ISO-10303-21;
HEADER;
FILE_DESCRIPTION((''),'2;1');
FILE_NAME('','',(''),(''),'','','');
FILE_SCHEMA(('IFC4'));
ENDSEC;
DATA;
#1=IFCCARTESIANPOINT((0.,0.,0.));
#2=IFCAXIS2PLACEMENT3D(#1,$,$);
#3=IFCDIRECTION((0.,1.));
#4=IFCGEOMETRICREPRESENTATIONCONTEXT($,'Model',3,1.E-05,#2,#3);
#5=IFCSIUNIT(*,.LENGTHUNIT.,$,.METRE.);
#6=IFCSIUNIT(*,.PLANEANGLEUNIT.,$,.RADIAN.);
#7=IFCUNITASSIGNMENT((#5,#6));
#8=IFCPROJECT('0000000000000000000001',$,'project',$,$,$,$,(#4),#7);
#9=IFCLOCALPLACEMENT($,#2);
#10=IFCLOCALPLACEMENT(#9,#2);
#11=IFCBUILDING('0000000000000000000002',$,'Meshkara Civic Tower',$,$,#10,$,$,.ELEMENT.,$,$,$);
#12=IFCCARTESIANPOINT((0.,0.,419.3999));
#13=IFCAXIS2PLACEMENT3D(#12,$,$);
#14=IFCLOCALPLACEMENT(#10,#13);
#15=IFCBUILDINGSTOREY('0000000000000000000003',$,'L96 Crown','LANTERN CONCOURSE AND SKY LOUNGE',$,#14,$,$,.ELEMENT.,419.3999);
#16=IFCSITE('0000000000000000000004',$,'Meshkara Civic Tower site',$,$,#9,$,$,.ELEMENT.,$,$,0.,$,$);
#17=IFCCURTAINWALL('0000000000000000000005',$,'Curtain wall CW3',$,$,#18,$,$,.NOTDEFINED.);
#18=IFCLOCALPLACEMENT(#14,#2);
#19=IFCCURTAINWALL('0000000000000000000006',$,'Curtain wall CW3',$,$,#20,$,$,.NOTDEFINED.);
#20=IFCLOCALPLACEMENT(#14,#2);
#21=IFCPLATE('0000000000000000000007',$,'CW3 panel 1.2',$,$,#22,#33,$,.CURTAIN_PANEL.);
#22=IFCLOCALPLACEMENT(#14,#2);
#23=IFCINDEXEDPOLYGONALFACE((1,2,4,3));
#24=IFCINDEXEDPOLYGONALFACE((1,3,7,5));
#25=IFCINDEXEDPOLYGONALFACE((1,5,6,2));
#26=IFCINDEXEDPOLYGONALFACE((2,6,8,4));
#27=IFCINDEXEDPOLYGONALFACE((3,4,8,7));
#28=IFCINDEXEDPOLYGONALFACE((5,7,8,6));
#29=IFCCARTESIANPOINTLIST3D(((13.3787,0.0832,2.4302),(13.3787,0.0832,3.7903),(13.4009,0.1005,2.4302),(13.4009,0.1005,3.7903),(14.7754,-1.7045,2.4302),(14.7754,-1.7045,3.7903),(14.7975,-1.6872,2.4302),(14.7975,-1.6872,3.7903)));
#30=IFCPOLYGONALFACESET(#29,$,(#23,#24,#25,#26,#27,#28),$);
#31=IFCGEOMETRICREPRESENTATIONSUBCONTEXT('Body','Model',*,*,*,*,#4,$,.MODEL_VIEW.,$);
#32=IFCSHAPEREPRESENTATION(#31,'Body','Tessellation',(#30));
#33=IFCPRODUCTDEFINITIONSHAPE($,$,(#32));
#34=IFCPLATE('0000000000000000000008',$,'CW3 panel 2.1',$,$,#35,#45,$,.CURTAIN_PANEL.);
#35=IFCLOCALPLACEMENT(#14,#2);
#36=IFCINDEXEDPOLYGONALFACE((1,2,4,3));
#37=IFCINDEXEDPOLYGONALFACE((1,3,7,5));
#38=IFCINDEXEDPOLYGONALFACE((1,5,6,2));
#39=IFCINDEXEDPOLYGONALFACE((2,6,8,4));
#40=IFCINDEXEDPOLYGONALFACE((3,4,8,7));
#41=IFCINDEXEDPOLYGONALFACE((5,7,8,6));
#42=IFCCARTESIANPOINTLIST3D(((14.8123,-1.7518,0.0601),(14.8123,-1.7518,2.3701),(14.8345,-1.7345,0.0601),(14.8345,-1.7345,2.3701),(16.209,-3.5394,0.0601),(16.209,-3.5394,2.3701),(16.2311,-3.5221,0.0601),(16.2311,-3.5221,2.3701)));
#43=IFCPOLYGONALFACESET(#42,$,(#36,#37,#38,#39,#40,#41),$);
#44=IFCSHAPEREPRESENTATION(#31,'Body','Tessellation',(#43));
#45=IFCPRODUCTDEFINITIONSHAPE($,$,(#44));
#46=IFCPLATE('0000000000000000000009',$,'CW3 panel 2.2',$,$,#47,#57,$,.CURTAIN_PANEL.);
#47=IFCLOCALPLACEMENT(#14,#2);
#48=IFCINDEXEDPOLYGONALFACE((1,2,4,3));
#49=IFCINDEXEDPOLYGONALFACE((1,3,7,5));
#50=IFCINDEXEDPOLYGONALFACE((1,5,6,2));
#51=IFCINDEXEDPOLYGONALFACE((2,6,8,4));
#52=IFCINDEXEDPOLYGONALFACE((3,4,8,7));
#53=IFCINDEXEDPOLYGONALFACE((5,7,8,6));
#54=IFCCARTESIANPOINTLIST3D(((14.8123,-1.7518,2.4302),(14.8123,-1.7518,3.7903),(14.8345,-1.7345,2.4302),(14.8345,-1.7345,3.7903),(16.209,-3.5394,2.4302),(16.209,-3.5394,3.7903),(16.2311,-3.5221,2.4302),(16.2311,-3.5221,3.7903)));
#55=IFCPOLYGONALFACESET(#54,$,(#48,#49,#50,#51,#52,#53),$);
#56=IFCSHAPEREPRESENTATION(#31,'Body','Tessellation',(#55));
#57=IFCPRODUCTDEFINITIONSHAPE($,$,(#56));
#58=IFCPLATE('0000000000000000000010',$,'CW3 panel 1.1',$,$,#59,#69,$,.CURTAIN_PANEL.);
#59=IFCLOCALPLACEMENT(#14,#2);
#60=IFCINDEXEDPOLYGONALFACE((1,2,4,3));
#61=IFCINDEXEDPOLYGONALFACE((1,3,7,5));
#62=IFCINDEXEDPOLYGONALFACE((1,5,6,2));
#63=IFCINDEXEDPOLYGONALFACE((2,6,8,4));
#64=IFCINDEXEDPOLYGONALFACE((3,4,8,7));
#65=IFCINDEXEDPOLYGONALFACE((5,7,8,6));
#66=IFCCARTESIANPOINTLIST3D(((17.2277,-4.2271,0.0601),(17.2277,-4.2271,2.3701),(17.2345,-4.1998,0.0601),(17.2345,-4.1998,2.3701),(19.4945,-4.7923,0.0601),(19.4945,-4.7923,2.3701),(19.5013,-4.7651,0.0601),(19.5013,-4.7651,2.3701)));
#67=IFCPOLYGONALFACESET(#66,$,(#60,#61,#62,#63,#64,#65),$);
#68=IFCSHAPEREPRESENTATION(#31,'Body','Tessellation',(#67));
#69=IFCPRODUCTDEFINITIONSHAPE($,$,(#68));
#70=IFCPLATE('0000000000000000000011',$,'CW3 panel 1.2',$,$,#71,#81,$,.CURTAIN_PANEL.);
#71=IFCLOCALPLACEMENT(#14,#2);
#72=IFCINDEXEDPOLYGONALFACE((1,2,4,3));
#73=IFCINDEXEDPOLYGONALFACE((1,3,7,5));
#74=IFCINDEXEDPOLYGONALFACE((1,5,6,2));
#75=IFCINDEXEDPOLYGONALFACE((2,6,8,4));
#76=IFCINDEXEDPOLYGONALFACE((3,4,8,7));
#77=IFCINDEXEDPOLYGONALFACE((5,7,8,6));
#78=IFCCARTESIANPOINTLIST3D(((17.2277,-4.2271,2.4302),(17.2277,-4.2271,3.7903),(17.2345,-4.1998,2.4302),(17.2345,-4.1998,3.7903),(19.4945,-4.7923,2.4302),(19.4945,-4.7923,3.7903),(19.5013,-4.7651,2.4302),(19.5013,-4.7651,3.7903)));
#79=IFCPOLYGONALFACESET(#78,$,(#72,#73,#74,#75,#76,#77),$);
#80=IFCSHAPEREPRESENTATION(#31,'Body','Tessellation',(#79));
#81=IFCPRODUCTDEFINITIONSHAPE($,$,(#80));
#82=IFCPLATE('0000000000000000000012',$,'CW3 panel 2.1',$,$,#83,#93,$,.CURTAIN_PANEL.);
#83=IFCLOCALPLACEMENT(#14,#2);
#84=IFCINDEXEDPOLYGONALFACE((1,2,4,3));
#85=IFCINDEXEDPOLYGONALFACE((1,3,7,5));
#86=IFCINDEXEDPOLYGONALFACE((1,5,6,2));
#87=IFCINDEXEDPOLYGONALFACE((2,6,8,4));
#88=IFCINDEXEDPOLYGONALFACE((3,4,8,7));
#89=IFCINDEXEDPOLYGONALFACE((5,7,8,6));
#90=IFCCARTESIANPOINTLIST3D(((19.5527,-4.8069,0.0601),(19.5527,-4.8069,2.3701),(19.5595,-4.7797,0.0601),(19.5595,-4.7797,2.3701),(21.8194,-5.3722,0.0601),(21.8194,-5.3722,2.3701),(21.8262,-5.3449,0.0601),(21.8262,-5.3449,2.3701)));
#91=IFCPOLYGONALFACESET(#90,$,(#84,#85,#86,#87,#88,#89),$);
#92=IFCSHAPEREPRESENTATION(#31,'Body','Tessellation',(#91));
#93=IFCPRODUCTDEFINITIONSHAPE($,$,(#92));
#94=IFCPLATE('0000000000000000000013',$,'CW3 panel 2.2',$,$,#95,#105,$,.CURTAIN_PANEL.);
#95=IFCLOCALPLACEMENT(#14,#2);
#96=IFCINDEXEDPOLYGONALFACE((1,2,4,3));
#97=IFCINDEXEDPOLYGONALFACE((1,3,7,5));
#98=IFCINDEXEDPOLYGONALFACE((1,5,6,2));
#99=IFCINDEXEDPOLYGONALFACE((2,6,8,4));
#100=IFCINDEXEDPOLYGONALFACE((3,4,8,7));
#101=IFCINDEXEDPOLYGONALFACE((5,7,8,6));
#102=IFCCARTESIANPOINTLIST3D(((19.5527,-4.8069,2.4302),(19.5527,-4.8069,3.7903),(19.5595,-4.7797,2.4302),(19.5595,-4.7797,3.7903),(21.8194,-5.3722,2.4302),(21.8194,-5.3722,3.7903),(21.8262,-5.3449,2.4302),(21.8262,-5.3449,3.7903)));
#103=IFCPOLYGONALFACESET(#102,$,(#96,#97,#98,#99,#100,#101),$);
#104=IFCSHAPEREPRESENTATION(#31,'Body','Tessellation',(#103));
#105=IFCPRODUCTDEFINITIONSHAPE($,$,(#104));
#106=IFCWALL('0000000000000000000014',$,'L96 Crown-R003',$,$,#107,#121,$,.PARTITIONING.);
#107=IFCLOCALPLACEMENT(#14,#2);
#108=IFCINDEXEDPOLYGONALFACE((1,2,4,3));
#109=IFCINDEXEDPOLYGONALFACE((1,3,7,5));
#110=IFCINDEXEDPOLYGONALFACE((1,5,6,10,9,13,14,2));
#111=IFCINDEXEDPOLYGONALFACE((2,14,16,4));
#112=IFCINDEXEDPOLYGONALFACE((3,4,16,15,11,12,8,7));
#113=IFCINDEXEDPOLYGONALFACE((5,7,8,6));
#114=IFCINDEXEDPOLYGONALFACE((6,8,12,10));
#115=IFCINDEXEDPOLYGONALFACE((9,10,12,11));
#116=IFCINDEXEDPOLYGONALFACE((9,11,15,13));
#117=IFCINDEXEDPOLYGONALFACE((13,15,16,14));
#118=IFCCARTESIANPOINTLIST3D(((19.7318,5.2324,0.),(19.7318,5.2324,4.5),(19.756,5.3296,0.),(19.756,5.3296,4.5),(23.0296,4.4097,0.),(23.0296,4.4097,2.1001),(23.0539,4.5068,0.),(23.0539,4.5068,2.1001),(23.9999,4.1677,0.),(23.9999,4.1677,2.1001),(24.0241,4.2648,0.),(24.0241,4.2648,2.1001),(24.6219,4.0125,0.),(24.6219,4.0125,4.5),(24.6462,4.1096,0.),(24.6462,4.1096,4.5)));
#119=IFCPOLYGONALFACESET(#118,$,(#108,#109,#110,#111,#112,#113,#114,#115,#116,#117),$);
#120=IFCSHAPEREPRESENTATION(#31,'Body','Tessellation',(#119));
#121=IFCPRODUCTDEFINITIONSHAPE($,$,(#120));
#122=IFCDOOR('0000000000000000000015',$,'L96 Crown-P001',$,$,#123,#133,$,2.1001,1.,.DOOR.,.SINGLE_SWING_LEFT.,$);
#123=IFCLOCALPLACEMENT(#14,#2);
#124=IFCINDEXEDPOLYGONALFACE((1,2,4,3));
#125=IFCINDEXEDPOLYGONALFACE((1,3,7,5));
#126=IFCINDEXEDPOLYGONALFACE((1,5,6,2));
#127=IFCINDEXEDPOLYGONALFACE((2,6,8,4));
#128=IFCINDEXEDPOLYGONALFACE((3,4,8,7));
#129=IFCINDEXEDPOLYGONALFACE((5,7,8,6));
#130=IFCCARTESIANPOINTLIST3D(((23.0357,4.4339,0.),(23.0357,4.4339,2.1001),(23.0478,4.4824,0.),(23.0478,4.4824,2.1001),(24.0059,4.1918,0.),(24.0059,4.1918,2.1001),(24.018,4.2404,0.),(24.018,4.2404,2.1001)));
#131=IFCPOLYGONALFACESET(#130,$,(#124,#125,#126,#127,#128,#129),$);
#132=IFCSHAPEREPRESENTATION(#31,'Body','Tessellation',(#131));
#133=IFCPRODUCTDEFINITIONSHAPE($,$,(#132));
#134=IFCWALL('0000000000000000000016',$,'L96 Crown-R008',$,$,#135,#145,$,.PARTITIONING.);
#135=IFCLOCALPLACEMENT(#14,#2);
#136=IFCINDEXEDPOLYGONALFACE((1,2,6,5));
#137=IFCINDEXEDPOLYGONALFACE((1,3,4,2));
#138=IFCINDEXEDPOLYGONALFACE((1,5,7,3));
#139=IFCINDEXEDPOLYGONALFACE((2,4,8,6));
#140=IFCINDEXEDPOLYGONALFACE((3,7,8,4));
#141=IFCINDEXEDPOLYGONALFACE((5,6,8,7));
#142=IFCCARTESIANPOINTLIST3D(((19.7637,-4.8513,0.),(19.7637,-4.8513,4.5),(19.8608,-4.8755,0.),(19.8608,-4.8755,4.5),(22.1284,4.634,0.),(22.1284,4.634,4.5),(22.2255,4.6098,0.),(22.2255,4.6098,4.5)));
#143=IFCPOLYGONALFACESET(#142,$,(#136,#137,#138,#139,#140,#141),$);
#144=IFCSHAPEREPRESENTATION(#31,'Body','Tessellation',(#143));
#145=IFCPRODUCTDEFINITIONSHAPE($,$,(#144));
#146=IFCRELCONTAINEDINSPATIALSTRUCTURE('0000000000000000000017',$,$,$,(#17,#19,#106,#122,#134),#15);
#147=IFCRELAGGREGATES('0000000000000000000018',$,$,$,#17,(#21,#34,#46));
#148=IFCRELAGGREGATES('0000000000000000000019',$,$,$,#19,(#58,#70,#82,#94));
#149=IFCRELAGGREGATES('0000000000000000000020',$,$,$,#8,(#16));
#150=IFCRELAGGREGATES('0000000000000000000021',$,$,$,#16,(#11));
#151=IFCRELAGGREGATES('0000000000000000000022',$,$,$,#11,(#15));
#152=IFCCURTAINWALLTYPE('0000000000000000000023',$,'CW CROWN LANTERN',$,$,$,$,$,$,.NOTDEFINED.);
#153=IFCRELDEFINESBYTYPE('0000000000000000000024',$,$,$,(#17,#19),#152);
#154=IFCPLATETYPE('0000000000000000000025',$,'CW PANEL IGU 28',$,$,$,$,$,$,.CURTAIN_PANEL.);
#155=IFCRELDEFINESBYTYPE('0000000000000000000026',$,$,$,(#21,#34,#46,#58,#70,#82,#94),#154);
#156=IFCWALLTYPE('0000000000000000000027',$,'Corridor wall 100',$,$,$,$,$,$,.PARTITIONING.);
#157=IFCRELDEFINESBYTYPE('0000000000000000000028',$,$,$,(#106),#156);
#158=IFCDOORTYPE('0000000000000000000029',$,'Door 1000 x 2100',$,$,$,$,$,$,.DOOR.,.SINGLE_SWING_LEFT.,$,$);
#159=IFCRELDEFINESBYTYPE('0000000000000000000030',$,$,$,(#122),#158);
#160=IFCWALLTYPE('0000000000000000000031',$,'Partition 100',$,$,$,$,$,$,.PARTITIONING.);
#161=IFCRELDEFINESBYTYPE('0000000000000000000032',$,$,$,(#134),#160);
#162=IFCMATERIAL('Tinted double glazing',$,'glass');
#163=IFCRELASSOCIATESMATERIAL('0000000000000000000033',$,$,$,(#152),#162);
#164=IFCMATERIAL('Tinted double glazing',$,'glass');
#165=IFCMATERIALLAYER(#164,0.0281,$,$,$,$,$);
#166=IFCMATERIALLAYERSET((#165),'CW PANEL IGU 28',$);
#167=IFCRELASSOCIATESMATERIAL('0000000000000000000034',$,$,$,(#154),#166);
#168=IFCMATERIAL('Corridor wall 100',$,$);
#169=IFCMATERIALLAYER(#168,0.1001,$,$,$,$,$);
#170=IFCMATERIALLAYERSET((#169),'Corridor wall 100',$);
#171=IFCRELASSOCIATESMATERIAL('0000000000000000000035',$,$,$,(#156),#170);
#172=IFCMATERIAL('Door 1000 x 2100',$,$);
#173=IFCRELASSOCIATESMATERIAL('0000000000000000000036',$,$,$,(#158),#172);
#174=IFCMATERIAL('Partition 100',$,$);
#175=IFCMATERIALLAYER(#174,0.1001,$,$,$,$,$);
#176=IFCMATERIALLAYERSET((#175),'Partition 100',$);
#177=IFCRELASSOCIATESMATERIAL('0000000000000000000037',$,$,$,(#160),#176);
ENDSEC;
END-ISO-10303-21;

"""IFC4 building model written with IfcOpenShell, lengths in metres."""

from ifc_helpers import new_model, si_unit, direction, frame, frame_2d, origin, origin_2d, place, context, subcontext, project, spatial, rectangle, extrude, material, layer, layer_set, type_object, element, fill, aggregate, save


model = new_model("IFC4")

# Units and contexts
model_context = context("Model", 3, precision=1e-05, world=origin(), true_north=direction((0.0, 1.0)))
body_context = subcontext(model_context, "Body", "Model", "MODEL_VIEW")
ifc_project = project(units=[si_unit("LENGTHUNIT", "METRE"), si_unit("PLANEANGLEUNIT", "RADIAN")], contexts=[model_context])

# Site, building, storey
site_placement = place(None, origin())
site = spatial("IfcSite", under=ifc_project, at=site_placement, Name="Meshkara Civic Tower site", CompositionType="ELEMENT", RefElevation=0.0)
building_placement = place(site_placement, origin())
building = spatial("IfcBuilding", under=site, at=building_placement, Name="Meshkara Civic Tower", CompositionType="ELEMENT")
storey_placement = place(building_placement, frame((0.0, 0.0, 419.3999)))
storey = spatial("IfcBuildingStorey", under=building, at=storey_placement, Name="L96 Crown", Description="LANTERN CONCOURSE AND SKY LOUNGE", CompositionType="ELEMENT", Elevation=419.3999)

# Curtain walls
ifc_material_1 = material(Name="Tinted double glazing", Category="glass")
curtain_wall_type = type_object("IfcCurtainWallType", Name="CW CROWN LANTERN", PredefinedType="NOTDEFINED", material=ifc_material_1)
curtain_wall_1_placement = place(storey_placement, origin())
curtain_wall_1 = element("IfcCurtainWall", 1, at=curtain_wall_1_placement, inside=storey, type_object=curtain_wall_type, Name="Curtain wall CW3", PredefinedType="NOTDEFINED")
curtain_wall_2_placement = place(storey_placement, origin())
curtain_wall_2 = element("IfcCurtainWall", 2, at=curtain_wall_2_placement, inside=storey, type_object=curtain_wall_type, Name="Curtain wall CW3", PredefinedType="NOTDEFINED")

# Plates
ifc_material_2 = material(Name="Tinted double glazing", Category="glass")
ifc_layer_1 = layer(ifc_material_2, 0.0281)
ifc_layer_set_1 = layer_set([ifc_layer_1], Name="CW PANEL IGU 28")
plate_type = type_object("IfcPlateType", Name="CW PANEL IGU 28", PredefinedType="CURTAIN_PANEL", material=ifc_layer_set_1)
plate_1_placement = place(storey_placement, frame((14.0881, -0.802, 2.4302), z_axis=(0.0, 0.0, 1.0), x_axis=(0.615656, -0.788015, 0.0)))
plate_1 = element("IfcPlate", 3, at=plate_1_placement, type_object=plate_type, Name="CW3 panel 1.2", PredefinedType="CURTAIN_PANEL", context=body_context, shape_type="SweptSolid", body=[
    extrude(rectangle(XDim=2.2686, YDim=0.0281, at=origin_2d()), origin(), (0.0, 0.0, 1.0), 1.3601),
])
plate_2_placement = place(storey_placement, frame((15.5217, -2.637, 0.0601), z_axis=(0.0, 0.0, 1.0), x_axis=(0.615656, -0.788015, 0.0)))
plate_2 = element("IfcPlate", 4, at=plate_2_placement, type_object=plate_type, Name="CW3 panel 2.1", PredefinedType="CURTAIN_PANEL", context=body_context, shape_type="SweptSolid", body=[
    extrude(rectangle(XDim=2.2686, YDim=0.0281, at=origin_2d()), origin(), (0.0, 0.0, 1.0), 2.3101),
])
plate_3_placement = place(storey_placement, frame((15.5217, -2.637, 2.4302), z_axis=(0.0, 0.0, 1.0), x_axis=(0.615656, -0.788015, 0.0)))
plate_3 = element("IfcPlate", 5, at=plate_3_placement, type_object=plate_type, Name="CW3 panel 2.2", PredefinedType="CURTAIN_PANEL", context=body_context, shape_type="SweptSolid", body=[
    extrude(rectangle(XDim=2.2686, YDim=0.0281, at=origin_2d()), origin(), (0.0, 0.0, 1.0), 1.3601),
])
aggregate(curtain_wall_1, [plate_1, plate_2, plate_3])
plate_4_placement = place(storey_placement, frame((18.3645, -4.4961, 0.0601), z_axis=(0.0, 0.0, 1.0), x_axis=(0.970288, -0.241954, 0.0)))
plate_4 = element("IfcPlate", 6, at=plate_4_placement, type_object=plate_type, Name="CW3 panel 1.1", PredefinedType="CURTAIN_PANEL", context=body_context, shape_type="SweptSolid", body=[
    extrude(rectangle(XDim=2.3362, YDim=0.0281, at=origin_2d()), origin(), (0.0, 0.0, 1.0), 2.3101),
])
plate_5_placement = place(storey_placement, frame((18.3645, -4.4961, 2.4302), z_axis=(0.0, 0.0, 1.0), x_axis=(0.970288, -0.241954, 0.0)))
plate_5 = element("IfcPlate", 7, at=plate_5_placement, type_object=plate_type, Name="CW3 panel 1.2", PredefinedType="CURTAIN_PANEL", context=body_context, shape_type="SweptSolid", body=[
    extrude(rectangle(XDim=2.3362, YDim=0.0281, at=origin_2d()), origin(), (0.0, 0.0, 1.0), 1.3601),
])
plate_6_placement = place(storey_placement, frame((20.6895, -5.0759, 0.0601), z_axis=(0.0, 0.0, 1.0), x_axis=(0.970288, -0.241954, 0.0)))
plate_6 = element("IfcPlate", 8, at=plate_6_placement, type_object=plate_type, Name="CW3 panel 2.1", PredefinedType="CURTAIN_PANEL", context=body_context, shape_type="SweptSolid", body=[
    extrude(rectangle(XDim=2.3362, YDim=0.0281, at=origin_2d()), origin(), (0.0, 0.0, 1.0), 2.3101),
])
plate_7_placement = place(storey_placement, frame((20.6895, -5.0759, 2.4302), z_axis=(0.0, 0.0, 1.0), x_axis=(0.970288, -0.241954, 0.0)))
plate_7 = element("IfcPlate", 9, at=plate_7_placement, type_object=plate_type, Name="CW3 panel 2.2", PredefinedType="CURTAIN_PANEL", context=body_context, shape_type="SweptSolid", body=[
    extrude(rectangle(XDim=2.3362, YDim=0.0281, at=origin_2d()), origin(), (0.0, 0.0, 1.0), 1.3601),
])
aggregate(curtain_wall_2, [plate_4, plate_5, plate_6, plate_7])

# Wall, opening, door
ifc_material_3 = material(Name="Corridor wall 100")
ifc_layer_2 = layer(ifc_material_3, 0.1001)
ifc_layer_set_2 = layer_set([ifc_layer_2], Name="Corridor wall 100")
wall_type_1 = type_object("IfcWallType", Name="Corridor wall 100", PredefinedType="PARTITIONING", material=ifc_layer_set_2)
wall_1_placement = place(storey_placement, frame((19.7439, 5.281, 0.0), z_axis=(0.0, 0.0, 1.0), x_axis=(0.970262, -0.242057, 0.0)))
wall_1 = element("IfcWall", 10, at=wall_1_placement, inside=storey, type_object=wall_type_1, Name="L96 Crown-R003", PredefinedType="PARTITIONING", context=body_context, shape_type="SweptSolid", body=[
    extrude(rectangle(XDim=5.04, YDim=0.1001, at=frame_2d((2.52, 0.0))), origin(), (0.0, 0.0, 1.0), 4.5),
])
opening_placement = place(wall_1_placement, frame((3.3989, 0.0, 0.0)))
opening = element("IfcOpeningElement", 11, at=opening_placement, cuts=wall_1, PredefinedType="OPENING", context=body_context, shape_type="SweptSolid", body=[
    extrude(rectangle(XDim=1.0, YDim=2.1001, at=frame_2d((0.5, 1.05))), frame((0.0, 0.0601, 0.0), z_axis=(0.0, -1.0, 0.0), x_axis=(1.0, 0.0, 0.0)), (0.0, 0.0, 1.0), 0.1201),
])
ifc_material_4 = material(Name="Door 1000 x 2100")
door_type = type_object("IfcDoorType", Name="Door 1000 x 2100", OperationType="SINGLE_SWING_LEFT", PredefinedType="DOOR", material=ifc_material_4)
door_placement = place(opening_placement, origin())
door = element("IfcDoor", 12, at=door_placement, inside=storey, type_object=door_type, Name="L96 Crown-P001", OperationType="SINGLE_SWING_LEFT", OverallHeight=2.1001, OverallWidth=1.0, PredefinedType="DOOR", context=body_context, shape_type="SweptSolid", body=[
    extrude(rectangle(XDim=1.0, YDim=2.1001, at=frame_2d((0.5, 1.05))), frame((0.0, 0.0249, 0.0), z_axis=(0.0, -1.0, 0.0), x_axis=(1.0, 0.0, 0.0)), (0.0, 0.0, 1.0), 0.05),
])
fill(opening, door)

# Wall
ifc_material_5 = material(Name="Partition 100")
ifc_layer_3 = layer(ifc_material_5, 0.1001)
ifc_layer_set_3 = layer_set([ifc_layer_3], Name="Partition 100")
wall_type_2 = type_object("IfcWallType", Name="Partition 100", PredefinedType="PARTITIONING", material=ifc_layer_set_3)
wall_2_placement = place(storey_placement, frame((19.8123, -4.8633, 0.0), z_axis=(0.0, 0.0, 1.0), x_axis=(0.241901, 0.970301, 0.0)))
element("IfcWall", 13, at=wall_2_placement, inside=storey, type_object=wall_type_2, Name="L96 Crown-R008", PredefinedType="PARTITIONING", context=body_context, shape_type="SweptSolid", body=[
    extrude(rectangle(XDim=9.7756, YDim=0.1001, at=frame_2d((4.8877, 0.0))), origin(), (0.0, 0.0, 1.0), 4.5),
])

save(model, "model.ifc")
